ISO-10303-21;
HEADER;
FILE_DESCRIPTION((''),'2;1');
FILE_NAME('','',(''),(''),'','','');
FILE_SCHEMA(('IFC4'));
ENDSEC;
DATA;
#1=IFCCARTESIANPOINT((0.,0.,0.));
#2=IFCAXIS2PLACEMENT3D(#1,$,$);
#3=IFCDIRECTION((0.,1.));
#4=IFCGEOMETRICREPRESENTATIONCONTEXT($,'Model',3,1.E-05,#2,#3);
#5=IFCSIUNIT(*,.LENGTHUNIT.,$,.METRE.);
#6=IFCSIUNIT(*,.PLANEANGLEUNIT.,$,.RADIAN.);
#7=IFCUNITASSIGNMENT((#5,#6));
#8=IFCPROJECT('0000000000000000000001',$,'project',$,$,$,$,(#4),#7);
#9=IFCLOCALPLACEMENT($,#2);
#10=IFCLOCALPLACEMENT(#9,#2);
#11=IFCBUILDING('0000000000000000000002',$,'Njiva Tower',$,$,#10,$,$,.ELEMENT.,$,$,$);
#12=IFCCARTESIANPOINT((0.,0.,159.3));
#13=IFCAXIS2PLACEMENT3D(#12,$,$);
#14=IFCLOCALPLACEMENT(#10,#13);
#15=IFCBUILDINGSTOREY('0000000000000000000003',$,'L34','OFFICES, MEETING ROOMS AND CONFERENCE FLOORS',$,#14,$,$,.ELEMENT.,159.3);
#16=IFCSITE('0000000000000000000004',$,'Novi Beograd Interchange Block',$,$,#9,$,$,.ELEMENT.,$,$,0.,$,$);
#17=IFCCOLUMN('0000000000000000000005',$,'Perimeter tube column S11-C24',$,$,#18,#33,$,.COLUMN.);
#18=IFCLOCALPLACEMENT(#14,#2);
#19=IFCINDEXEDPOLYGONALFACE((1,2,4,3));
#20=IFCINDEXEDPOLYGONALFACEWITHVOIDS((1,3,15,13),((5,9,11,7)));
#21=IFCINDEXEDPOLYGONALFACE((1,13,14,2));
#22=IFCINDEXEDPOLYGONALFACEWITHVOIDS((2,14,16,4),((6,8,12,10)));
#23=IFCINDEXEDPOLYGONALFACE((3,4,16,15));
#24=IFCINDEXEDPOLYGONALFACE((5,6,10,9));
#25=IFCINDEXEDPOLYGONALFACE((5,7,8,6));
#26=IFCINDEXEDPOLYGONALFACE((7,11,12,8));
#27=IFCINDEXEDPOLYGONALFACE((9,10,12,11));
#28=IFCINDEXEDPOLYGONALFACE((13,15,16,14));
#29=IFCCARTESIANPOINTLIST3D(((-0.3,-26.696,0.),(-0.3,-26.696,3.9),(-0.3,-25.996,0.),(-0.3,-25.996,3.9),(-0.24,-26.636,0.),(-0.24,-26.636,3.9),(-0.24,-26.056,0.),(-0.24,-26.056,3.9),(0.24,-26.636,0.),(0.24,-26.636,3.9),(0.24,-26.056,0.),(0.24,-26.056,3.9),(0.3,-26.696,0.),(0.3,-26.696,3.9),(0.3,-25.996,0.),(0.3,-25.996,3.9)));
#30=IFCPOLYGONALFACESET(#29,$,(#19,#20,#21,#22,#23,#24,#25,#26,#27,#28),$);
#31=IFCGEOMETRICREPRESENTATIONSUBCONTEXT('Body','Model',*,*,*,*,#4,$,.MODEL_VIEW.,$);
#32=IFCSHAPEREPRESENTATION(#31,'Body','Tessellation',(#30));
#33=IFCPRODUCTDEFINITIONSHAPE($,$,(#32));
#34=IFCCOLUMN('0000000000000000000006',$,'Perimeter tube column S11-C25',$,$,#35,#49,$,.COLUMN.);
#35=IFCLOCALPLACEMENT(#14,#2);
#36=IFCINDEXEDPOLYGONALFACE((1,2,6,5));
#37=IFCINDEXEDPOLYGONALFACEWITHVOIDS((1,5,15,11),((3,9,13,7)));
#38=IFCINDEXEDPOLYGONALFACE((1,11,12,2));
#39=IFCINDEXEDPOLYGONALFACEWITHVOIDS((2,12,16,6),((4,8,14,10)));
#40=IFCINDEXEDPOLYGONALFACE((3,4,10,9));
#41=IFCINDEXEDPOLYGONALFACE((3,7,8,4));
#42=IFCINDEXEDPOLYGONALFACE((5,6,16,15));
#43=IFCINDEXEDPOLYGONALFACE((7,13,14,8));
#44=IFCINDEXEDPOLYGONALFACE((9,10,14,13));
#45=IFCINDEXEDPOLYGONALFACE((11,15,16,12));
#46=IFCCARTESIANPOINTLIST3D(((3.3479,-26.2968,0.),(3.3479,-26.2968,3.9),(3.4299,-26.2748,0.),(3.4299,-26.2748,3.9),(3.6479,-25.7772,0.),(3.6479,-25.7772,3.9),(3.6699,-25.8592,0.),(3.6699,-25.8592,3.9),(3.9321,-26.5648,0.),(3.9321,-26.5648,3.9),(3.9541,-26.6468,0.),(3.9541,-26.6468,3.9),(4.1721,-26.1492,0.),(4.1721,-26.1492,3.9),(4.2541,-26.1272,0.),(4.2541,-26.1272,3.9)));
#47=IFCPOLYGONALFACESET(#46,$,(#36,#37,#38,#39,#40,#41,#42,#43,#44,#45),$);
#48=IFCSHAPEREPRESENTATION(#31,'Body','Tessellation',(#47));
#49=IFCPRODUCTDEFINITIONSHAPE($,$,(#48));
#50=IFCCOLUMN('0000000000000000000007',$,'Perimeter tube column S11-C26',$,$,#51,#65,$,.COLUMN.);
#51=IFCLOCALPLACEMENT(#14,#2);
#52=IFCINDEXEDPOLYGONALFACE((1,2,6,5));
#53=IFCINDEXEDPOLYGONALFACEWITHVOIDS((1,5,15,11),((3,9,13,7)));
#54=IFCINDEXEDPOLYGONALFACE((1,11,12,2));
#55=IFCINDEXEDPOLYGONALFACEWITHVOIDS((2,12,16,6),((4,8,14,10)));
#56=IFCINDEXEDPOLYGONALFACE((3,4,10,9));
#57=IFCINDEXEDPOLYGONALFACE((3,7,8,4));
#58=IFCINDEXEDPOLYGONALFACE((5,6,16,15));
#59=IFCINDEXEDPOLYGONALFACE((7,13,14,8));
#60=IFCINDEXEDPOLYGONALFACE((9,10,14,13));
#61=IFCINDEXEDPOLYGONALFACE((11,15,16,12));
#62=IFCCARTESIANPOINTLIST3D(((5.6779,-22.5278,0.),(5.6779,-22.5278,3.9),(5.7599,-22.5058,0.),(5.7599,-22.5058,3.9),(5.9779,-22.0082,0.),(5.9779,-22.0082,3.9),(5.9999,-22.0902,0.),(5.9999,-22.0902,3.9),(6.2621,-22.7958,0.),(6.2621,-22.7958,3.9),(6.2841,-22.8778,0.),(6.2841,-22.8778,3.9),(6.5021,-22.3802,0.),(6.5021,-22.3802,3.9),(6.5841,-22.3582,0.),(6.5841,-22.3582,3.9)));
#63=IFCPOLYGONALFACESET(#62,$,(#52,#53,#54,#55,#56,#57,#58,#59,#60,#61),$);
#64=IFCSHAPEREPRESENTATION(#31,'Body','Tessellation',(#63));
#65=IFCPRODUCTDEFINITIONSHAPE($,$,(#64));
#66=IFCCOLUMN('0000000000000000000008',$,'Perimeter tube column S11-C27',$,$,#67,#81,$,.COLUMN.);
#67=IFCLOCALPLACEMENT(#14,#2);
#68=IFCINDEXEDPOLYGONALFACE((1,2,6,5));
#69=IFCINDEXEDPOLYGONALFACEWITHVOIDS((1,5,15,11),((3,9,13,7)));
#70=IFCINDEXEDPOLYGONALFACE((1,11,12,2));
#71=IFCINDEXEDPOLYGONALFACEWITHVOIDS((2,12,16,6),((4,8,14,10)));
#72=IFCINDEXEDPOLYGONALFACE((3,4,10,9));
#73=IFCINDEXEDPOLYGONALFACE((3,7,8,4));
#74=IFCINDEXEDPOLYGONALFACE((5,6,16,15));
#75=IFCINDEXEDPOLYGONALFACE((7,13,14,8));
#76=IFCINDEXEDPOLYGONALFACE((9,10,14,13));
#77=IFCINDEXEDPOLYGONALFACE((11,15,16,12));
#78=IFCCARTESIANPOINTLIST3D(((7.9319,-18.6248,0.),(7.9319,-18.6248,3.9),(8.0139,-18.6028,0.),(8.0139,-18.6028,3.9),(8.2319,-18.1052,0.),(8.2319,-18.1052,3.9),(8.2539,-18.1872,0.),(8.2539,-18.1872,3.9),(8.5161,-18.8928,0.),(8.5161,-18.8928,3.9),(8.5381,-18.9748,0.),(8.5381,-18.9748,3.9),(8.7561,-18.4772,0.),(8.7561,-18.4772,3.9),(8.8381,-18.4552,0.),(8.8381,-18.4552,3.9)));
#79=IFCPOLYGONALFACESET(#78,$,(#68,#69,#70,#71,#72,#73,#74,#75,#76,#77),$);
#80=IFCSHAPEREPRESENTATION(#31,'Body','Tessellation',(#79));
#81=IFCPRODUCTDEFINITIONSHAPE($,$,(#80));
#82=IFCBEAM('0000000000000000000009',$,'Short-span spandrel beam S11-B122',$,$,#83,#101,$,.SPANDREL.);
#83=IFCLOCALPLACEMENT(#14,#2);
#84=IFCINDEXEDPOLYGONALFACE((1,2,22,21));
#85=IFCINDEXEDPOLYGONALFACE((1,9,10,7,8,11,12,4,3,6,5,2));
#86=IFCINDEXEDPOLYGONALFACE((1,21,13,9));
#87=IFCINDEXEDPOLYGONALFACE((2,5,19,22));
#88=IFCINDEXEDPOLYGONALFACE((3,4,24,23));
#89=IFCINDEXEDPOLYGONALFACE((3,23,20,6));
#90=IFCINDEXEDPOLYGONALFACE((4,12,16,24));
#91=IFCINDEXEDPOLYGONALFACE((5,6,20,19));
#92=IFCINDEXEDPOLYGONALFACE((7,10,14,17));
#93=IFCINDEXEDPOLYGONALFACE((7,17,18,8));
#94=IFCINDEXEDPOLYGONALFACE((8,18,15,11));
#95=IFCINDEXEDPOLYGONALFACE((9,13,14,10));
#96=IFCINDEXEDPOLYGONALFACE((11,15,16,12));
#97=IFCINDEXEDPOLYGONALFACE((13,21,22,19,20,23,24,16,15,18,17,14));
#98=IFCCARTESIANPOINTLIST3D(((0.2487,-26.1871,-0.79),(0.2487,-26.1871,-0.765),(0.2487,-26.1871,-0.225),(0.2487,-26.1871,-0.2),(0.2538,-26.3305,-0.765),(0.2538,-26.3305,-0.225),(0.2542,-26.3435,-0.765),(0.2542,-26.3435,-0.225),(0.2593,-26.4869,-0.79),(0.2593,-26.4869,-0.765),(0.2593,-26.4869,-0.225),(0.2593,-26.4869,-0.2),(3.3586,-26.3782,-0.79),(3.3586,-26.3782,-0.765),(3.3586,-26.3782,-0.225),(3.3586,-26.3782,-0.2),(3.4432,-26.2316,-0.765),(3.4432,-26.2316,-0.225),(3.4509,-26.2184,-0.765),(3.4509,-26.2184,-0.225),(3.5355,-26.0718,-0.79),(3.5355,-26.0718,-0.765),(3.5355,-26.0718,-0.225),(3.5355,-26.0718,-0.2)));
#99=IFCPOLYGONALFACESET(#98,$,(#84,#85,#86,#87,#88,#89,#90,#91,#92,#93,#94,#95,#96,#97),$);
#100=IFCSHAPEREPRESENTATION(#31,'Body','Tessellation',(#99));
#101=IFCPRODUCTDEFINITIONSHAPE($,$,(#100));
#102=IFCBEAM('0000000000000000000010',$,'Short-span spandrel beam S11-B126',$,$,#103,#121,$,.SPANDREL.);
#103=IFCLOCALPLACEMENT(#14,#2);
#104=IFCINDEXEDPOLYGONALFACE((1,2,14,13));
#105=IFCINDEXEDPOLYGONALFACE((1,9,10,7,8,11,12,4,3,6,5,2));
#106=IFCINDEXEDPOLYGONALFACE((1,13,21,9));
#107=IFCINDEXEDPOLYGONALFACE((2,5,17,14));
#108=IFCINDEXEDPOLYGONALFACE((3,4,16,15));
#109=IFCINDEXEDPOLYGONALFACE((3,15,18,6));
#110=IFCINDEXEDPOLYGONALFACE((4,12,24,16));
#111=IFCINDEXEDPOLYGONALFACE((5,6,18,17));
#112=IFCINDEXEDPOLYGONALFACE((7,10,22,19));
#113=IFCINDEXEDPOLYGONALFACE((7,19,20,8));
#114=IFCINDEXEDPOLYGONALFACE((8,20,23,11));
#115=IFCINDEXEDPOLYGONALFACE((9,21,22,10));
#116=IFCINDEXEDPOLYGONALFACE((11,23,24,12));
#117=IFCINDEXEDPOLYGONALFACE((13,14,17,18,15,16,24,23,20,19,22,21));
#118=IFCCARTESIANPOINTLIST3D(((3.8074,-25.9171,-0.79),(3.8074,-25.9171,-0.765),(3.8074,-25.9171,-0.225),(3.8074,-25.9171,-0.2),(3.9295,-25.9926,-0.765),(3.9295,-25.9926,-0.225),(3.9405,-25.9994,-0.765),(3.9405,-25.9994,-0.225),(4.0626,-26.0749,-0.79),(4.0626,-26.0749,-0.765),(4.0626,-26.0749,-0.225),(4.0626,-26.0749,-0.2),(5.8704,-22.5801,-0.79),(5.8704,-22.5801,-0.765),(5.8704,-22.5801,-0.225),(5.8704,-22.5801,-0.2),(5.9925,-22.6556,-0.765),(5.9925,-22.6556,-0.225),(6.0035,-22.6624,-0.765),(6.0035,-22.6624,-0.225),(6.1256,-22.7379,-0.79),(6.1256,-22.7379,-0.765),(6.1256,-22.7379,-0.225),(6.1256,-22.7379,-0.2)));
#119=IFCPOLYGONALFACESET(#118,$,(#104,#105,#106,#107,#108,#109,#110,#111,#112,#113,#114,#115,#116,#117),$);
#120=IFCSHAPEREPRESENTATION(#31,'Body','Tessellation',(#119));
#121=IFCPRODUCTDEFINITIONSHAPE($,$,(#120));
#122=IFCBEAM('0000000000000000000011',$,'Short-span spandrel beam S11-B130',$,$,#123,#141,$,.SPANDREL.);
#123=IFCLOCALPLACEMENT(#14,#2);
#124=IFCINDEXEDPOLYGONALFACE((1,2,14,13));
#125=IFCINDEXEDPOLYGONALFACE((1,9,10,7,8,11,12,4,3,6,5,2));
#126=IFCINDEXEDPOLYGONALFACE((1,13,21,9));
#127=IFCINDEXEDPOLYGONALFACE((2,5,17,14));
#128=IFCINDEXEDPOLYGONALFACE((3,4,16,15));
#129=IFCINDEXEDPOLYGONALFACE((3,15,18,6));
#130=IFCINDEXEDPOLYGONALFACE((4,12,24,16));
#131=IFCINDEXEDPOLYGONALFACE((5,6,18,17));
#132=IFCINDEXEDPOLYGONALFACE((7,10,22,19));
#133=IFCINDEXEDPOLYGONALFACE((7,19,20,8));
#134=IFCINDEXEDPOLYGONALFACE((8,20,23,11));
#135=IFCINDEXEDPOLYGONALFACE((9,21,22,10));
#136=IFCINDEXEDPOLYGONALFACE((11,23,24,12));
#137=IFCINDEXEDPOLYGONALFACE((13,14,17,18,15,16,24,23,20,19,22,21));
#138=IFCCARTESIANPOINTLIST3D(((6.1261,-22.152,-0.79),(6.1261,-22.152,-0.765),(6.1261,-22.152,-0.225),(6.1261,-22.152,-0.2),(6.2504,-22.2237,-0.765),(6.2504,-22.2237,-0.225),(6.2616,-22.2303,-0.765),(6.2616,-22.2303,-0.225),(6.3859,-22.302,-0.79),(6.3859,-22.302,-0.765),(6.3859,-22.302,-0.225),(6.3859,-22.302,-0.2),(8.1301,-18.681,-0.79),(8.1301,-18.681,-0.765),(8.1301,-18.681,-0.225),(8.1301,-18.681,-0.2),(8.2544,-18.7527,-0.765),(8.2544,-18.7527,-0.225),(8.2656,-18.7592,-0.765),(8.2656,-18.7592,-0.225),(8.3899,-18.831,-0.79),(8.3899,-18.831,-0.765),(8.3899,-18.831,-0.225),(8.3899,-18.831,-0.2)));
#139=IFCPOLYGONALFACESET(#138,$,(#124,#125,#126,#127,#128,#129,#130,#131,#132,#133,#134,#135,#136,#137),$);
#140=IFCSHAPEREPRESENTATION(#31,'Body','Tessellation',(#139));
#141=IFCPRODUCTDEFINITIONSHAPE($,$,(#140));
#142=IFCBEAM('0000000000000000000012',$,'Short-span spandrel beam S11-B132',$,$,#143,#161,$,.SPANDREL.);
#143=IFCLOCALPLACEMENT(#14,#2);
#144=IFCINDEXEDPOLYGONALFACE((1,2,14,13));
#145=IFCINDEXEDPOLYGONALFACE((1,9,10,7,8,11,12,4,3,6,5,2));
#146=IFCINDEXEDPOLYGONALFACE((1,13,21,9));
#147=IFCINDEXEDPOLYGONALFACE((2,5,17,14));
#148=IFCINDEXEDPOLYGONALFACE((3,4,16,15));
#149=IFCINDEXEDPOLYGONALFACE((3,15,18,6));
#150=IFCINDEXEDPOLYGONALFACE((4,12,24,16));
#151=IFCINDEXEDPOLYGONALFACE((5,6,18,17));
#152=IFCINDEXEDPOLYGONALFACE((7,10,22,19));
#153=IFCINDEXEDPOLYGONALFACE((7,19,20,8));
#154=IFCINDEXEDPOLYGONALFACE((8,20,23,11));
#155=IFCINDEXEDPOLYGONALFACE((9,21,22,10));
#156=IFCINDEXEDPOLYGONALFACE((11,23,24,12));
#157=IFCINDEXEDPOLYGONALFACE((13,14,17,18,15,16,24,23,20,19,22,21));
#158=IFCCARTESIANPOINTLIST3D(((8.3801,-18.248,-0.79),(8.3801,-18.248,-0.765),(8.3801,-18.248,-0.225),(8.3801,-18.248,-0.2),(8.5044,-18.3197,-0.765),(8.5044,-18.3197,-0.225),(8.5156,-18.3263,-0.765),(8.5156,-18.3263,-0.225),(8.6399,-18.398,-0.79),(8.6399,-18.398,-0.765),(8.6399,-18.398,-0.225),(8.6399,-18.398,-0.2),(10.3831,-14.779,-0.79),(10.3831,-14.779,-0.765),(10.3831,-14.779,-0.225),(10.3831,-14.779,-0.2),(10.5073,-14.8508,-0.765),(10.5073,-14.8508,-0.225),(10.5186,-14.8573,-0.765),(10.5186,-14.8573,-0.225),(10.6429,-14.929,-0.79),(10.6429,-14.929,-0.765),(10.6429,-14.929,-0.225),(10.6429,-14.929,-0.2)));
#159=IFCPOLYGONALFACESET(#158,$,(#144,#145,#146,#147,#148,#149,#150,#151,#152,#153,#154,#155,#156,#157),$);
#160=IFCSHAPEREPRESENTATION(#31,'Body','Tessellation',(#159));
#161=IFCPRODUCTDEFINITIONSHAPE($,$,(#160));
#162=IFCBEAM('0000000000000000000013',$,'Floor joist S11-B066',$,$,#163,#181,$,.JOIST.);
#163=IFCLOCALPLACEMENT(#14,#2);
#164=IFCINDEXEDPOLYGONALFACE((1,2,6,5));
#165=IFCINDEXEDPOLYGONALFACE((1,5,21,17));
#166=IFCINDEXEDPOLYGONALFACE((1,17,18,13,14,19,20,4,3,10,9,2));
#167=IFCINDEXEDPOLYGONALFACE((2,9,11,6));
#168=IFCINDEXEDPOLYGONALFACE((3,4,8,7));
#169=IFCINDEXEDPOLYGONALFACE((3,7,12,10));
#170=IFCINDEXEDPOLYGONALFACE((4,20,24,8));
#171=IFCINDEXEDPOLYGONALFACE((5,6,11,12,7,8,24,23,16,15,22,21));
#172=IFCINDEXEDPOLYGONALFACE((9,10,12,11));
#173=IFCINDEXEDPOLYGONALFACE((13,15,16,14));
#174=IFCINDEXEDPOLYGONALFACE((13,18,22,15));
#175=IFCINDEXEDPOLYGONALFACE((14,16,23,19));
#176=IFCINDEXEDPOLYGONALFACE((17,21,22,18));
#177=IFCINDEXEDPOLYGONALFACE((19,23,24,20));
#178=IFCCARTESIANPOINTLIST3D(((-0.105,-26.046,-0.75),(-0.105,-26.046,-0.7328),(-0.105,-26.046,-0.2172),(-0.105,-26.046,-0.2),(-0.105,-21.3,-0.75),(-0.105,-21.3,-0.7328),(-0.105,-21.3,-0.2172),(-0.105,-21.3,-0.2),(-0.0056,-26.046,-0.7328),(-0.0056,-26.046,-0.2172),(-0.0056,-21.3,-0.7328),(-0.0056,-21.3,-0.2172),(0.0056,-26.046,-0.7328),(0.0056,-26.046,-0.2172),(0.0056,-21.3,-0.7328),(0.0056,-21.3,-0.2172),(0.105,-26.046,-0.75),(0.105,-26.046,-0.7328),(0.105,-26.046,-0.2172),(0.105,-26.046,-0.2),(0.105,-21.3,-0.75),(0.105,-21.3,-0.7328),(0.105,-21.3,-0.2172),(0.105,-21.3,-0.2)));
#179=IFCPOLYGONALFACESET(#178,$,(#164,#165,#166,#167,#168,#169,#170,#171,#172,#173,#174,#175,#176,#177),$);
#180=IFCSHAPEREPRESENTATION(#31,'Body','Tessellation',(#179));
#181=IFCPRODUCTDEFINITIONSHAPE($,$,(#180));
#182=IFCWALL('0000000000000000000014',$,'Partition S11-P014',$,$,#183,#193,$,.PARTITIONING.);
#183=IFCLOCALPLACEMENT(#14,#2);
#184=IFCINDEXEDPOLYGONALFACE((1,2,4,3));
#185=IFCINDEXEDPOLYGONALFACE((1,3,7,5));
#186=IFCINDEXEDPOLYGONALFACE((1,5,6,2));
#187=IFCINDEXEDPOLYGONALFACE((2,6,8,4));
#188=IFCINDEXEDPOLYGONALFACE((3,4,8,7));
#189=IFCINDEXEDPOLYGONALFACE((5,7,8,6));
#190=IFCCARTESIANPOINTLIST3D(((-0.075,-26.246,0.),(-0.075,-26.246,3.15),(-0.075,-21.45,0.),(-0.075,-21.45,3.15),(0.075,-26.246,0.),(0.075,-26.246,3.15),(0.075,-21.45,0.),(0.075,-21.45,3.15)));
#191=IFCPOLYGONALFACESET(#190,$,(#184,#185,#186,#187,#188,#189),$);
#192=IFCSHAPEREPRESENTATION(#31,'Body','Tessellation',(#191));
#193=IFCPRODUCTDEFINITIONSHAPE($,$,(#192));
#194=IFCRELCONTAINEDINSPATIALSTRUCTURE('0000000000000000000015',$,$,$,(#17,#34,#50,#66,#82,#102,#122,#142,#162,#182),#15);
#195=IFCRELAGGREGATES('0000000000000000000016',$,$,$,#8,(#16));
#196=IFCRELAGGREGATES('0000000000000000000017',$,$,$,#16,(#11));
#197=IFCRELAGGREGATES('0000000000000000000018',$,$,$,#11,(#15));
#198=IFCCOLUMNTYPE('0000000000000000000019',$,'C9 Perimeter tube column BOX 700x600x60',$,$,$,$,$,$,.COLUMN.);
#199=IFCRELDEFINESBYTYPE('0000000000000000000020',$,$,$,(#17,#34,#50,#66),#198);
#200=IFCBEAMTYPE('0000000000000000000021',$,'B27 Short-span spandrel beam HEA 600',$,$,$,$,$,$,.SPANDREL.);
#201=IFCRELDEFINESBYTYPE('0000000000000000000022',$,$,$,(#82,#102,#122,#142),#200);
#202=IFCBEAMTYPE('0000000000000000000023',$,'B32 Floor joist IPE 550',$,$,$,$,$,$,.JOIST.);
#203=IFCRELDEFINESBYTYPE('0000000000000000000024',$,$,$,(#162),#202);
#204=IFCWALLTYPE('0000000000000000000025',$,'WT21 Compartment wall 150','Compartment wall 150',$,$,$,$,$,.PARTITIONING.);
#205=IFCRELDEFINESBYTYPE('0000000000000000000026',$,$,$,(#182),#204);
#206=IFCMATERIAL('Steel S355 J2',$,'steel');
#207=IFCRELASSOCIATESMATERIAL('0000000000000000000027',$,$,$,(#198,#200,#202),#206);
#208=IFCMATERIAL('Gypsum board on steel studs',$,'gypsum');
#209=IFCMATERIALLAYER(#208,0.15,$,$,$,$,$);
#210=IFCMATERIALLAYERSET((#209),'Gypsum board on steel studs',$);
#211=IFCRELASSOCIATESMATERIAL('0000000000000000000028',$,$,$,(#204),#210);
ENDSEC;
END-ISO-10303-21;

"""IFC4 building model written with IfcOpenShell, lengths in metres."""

from ifc_helpers import new_model, si_unit, direction, frame, frame_2d, origin, origin_2d, place, context, subcontext, project, spatial, rectangle, hollow_rectangle, i_section, extrude, clip, halfspace, material, layer, layer_set, material_profile, profile_set, type_object, element, save


model = new_model("IFC4")

# Units and contexts
model_context = context("Model", 3, precision=1e-05, world=origin(), true_north=direction((0.0, 1.0)))
body_context = subcontext(model_context, "Body", "Model", "MODEL_VIEW")
ifc_project = project(units=[si_unit("LENGTHUNIT", "METRE"), si_unit("PLANEANGLEUNIT", "RADIAN")], contexts=[model_context])

# Site, building, storey
site_placement = place(None, origin())
site = spatial("IfcSite", under=ifc_project, at=site_placement, Name="Novi Beograd Interchange Block", CompositionType="ELEMENT", RefElevation=0.0)
building_placement = place(site_placement, origin())
building = spatial("IfcBuilding", under=site, at=building_placement, Name="Njiva Tower", CompositionType="ELEMENT")
storey_placement = place(building_placement, frame((0.0, 0.0, 159.3)))
storey = spatial("IfcBuildingStorey", under=building, at=storey_placement, Name="L34", Description="OFFICES, MEETING ROOMS AND CONFERENCE FLOORS", CompositionType="ELEMENT", Elevation=159.3)

# Columns
ifc_material_1 = material(Name="Steel S355 J2", Category="steel")
ifc_material_profile_1 = material_profile(ifc_material_1, hollow_rectangle(XDim=0.6, YDim=0.7, WallThickness=0.06, at=origin_2d()), Name="BOX 700x600x60")
ifc_profile_set_1 = profile_set([ifc_material_profile_1], Name="Steel S355 J2")
column_type = type_object("IfcColumnType", Name="C9 Perimeter tube column BOX 700x600x60", PredefinedType="COLUMN", material=ifc_profile_set_1)
for number, where, z_axis, x_axis, name in (
    (1, (0.0, -26.346, 0.0), (0.0, 0.0, 1.0), (1.0, 0.0, 0.0), "Perimeter tube column S11-C24"),
    (2, (3.801, -26.212, 0.0), (0.0, 0.0, 1.0), (0.5, 0.866025, 0.0), "Perimeter tube column S11-C25"),
    (3, (6.131, -22.443, 0.0), (0.0, 0.0, 1.0), (0.5, 0.866025, 0.0), "Perimeter tube column S11-C26"),
    (4, (8.385, -18.54, 0.0), (0.0, 0.0, 1.0), (0.5, 0.866025, 0.0), "Perimeter tube column S11-C27"),
):
    element("IfcColumn", number, at=place(storey_placement, frame(where, z_axis=z_axis, x_axis=x_axis)), inside=storey, type_object=column_type, Name=name, PredefinedType="COLUMN", context=body_context, shape_type="SweptSolid", body=[
        extrude(hollow_rectangle(XDim=0.6, YDim=0.7, WallThickness=0.06, at=origin_2d()), origin(), (0.0, 0.0, 1.0), 3.9),
    ])

# Beams
ifc_material_profile_2 = material_profile(ifc_material_1, i_section(OverallWidth=0.3, OverallDepth=0.59, WebThickness=0.013, FlangeThickness=0.025, at=origin_2d()), Name="HEA 600")
ifc_profile_set_2 = profile_set([ifc_material_profile_2], Name="Steel S355 J2")
beam_type_1 = type_object("IfcBeamType", Name="B27 Short-span spandrel beam HEA 600", PredefinedType="SPANDREL", material=ifc_profile_set_2)
beam_1_placement = place(storey_placement, frame((0.254, -26.337, -0.495), z_axis=(0.999385, 0.035055, 0.0), x_axis=(-0.035055, 0.999385, 0.0)))
element("IfcBeam", 5, at=beam_1_placement, inside=storey, type_object=beam_type_1, Name="Short-span spandrel beam S11-B122", PredefinedType="SPANDREL", context=body_context, shape_type="Clipping", body=[
    clip(extrude(i_section(OverallWidth=0.3, OverallDepth=0.59, WebThickness=0.013, FlangeThickness=0.025, at=origin_2d()), origin(), (0.0, 0.0, 1.0), 3.309), halfspace(frame((-0.0264, 0.0, 3.1785), z_axis=(-0.530049, 0.0, 0.847967), x_axis=(0.0, 1.0, 0.0)), False)),
])
beam_2_placement = place(storey_placement, frame((3.935, -25.996, -0.495), z_axis=(0.525846, 0.85058, 0.0), x_axis=(-0.85058, 0.525846, 0.0)))
element("IfcBeam", 6, at=beam_2_placement, inside=storey, type_object=beam_type_1, Name="Short-span spandrel beam S11-B126", PredefinedType="SPANDREL", context=body_context, shape_type="SweptSolid", body=[
    extrude(i_section(OverallWidth=0.3, OverallDepth=0.59, WebThickness=0.013, FlangeThickness=0.025, at=origin_2d()), origin(), (0.0, 0.0, 1.0), 3.9232),
])
beam_3_placement = place(storey_placement, frame((6.256, -22.227, -0.495), z_axis=(0.500003, 0.866024, 0.0), x_axis=(-0.866024, 0.500003, 0.0)))
element("IfcBeam", 7, at=beam_3_placement, inside=storey, type_object=beam_type_1, Name="Short-span spandrel beam S11-B130", PredefinedType="SPANDREL", context=body_context, shape_type="SweptSolid", body=[
    extrude(i_section(OverallWidth=0.3, OverallDepth=0.59, WebThickness=0.013, FlangeThickness=0.025, at=origin_2d()), origin(), (0.0, 0.0, 1.0), 4.008),
])
beam_4_placement = place(storey_placement, frame((8.51, -18.323, -0.495), z_axis=(0.500032, 0.866007, 0.0), x_axis=(-0.866007, 0.500032, 0.0)))
element("IfcBeam", 8, at=beam_4_placement, inside=storey, type_object=beam_type_1, Name="Short-span spandrel beam S11-B132", PredefinedType="SPANDREL", context=body_context, shape_type="SweptSolid", body=[
    extrude(i_section(OverallWidth=0.3, OverallDepth=0.59, WebThickness=0.013, FlangeThickness=0.025, at=origin_2d()), origin(), (0.0, 0.0, 1.0), 4.0057),
])
ifc_material_profile_3 = material_profile(ifc_material_1, i_section(OverallWidth=0.21, OverallDepth=0.55, WebThickness=0.0111, FlangeThickness=0.0172, at=origin_2d()), Name="IPE 550")
ifc_profile_set_3 = profile_set([ifc_material_profile_3], Name="Steel S355 J2")
beam_type_2 = type_object("IfcBeamType", Name="B32 Floor joist IPE 550", PredefinedType="JOIST", material=ifc_profile_set_3)
beam_5_placement = place(storey_placement, frame((0.0, -21.3, -0.475), z_axis=(0.0, -1.0, 0.0), x_axis=(1.0, 0.0, 0.0)))
element("IfcBeam", 9, at=beam_5_placement, inside=storey, type_object=beam_type_2, Name="Floor joist S11-B066", PredefinedType="JOIST", context=body_context, shape_type="SweptSolid", body=[
    extrude(i_section(OverallWidth=0.21, OverallDepth=0.55, WebThickness=0.0111, FlangeThickness=0.0172, at=origin_2d()), origin(), (0.0, 0.0, 1.0), 4.746),
])

# Wall
ifc_material_2 = material(Name="Gypsum board on steel studs", Category="gypsum")
ifc_layer_1 = layer(ifc_material_2, 0.15)
ifc_layer_set_1 = layer_set([ifc_layer_1], Name="Gypsum board on steel studs")
wall_type_1 = type_object("IfcWallType", Name="WT21 Compartment wall 150", Description="Compartment wall 150", PredefinedType="PARTITIONING", material=ifc_layer_set_1)
wall_1_placement = place(storey_placement, frame((0.0, -26.246, 0.0), z_axis=(0.0, 0.0, 1.0), x_axis=(0.0, 1.0, 0.0)))
element("IfcWall", 10, at=wall_1_placement, inside=storey, type_object=wall_type_1, Name="Partition S11-P014", PredefinedType="PARTITIONING", context=body_context, shape_type="SweptSolid", body=[
    extrude(rectangle(XDim=4.796, YDim=0.15, at=frame_2d((2.398, 0.0))), origin(), (0.0, 0.0, 1.0), 3.15),
])

save(model, "model.ifc")
